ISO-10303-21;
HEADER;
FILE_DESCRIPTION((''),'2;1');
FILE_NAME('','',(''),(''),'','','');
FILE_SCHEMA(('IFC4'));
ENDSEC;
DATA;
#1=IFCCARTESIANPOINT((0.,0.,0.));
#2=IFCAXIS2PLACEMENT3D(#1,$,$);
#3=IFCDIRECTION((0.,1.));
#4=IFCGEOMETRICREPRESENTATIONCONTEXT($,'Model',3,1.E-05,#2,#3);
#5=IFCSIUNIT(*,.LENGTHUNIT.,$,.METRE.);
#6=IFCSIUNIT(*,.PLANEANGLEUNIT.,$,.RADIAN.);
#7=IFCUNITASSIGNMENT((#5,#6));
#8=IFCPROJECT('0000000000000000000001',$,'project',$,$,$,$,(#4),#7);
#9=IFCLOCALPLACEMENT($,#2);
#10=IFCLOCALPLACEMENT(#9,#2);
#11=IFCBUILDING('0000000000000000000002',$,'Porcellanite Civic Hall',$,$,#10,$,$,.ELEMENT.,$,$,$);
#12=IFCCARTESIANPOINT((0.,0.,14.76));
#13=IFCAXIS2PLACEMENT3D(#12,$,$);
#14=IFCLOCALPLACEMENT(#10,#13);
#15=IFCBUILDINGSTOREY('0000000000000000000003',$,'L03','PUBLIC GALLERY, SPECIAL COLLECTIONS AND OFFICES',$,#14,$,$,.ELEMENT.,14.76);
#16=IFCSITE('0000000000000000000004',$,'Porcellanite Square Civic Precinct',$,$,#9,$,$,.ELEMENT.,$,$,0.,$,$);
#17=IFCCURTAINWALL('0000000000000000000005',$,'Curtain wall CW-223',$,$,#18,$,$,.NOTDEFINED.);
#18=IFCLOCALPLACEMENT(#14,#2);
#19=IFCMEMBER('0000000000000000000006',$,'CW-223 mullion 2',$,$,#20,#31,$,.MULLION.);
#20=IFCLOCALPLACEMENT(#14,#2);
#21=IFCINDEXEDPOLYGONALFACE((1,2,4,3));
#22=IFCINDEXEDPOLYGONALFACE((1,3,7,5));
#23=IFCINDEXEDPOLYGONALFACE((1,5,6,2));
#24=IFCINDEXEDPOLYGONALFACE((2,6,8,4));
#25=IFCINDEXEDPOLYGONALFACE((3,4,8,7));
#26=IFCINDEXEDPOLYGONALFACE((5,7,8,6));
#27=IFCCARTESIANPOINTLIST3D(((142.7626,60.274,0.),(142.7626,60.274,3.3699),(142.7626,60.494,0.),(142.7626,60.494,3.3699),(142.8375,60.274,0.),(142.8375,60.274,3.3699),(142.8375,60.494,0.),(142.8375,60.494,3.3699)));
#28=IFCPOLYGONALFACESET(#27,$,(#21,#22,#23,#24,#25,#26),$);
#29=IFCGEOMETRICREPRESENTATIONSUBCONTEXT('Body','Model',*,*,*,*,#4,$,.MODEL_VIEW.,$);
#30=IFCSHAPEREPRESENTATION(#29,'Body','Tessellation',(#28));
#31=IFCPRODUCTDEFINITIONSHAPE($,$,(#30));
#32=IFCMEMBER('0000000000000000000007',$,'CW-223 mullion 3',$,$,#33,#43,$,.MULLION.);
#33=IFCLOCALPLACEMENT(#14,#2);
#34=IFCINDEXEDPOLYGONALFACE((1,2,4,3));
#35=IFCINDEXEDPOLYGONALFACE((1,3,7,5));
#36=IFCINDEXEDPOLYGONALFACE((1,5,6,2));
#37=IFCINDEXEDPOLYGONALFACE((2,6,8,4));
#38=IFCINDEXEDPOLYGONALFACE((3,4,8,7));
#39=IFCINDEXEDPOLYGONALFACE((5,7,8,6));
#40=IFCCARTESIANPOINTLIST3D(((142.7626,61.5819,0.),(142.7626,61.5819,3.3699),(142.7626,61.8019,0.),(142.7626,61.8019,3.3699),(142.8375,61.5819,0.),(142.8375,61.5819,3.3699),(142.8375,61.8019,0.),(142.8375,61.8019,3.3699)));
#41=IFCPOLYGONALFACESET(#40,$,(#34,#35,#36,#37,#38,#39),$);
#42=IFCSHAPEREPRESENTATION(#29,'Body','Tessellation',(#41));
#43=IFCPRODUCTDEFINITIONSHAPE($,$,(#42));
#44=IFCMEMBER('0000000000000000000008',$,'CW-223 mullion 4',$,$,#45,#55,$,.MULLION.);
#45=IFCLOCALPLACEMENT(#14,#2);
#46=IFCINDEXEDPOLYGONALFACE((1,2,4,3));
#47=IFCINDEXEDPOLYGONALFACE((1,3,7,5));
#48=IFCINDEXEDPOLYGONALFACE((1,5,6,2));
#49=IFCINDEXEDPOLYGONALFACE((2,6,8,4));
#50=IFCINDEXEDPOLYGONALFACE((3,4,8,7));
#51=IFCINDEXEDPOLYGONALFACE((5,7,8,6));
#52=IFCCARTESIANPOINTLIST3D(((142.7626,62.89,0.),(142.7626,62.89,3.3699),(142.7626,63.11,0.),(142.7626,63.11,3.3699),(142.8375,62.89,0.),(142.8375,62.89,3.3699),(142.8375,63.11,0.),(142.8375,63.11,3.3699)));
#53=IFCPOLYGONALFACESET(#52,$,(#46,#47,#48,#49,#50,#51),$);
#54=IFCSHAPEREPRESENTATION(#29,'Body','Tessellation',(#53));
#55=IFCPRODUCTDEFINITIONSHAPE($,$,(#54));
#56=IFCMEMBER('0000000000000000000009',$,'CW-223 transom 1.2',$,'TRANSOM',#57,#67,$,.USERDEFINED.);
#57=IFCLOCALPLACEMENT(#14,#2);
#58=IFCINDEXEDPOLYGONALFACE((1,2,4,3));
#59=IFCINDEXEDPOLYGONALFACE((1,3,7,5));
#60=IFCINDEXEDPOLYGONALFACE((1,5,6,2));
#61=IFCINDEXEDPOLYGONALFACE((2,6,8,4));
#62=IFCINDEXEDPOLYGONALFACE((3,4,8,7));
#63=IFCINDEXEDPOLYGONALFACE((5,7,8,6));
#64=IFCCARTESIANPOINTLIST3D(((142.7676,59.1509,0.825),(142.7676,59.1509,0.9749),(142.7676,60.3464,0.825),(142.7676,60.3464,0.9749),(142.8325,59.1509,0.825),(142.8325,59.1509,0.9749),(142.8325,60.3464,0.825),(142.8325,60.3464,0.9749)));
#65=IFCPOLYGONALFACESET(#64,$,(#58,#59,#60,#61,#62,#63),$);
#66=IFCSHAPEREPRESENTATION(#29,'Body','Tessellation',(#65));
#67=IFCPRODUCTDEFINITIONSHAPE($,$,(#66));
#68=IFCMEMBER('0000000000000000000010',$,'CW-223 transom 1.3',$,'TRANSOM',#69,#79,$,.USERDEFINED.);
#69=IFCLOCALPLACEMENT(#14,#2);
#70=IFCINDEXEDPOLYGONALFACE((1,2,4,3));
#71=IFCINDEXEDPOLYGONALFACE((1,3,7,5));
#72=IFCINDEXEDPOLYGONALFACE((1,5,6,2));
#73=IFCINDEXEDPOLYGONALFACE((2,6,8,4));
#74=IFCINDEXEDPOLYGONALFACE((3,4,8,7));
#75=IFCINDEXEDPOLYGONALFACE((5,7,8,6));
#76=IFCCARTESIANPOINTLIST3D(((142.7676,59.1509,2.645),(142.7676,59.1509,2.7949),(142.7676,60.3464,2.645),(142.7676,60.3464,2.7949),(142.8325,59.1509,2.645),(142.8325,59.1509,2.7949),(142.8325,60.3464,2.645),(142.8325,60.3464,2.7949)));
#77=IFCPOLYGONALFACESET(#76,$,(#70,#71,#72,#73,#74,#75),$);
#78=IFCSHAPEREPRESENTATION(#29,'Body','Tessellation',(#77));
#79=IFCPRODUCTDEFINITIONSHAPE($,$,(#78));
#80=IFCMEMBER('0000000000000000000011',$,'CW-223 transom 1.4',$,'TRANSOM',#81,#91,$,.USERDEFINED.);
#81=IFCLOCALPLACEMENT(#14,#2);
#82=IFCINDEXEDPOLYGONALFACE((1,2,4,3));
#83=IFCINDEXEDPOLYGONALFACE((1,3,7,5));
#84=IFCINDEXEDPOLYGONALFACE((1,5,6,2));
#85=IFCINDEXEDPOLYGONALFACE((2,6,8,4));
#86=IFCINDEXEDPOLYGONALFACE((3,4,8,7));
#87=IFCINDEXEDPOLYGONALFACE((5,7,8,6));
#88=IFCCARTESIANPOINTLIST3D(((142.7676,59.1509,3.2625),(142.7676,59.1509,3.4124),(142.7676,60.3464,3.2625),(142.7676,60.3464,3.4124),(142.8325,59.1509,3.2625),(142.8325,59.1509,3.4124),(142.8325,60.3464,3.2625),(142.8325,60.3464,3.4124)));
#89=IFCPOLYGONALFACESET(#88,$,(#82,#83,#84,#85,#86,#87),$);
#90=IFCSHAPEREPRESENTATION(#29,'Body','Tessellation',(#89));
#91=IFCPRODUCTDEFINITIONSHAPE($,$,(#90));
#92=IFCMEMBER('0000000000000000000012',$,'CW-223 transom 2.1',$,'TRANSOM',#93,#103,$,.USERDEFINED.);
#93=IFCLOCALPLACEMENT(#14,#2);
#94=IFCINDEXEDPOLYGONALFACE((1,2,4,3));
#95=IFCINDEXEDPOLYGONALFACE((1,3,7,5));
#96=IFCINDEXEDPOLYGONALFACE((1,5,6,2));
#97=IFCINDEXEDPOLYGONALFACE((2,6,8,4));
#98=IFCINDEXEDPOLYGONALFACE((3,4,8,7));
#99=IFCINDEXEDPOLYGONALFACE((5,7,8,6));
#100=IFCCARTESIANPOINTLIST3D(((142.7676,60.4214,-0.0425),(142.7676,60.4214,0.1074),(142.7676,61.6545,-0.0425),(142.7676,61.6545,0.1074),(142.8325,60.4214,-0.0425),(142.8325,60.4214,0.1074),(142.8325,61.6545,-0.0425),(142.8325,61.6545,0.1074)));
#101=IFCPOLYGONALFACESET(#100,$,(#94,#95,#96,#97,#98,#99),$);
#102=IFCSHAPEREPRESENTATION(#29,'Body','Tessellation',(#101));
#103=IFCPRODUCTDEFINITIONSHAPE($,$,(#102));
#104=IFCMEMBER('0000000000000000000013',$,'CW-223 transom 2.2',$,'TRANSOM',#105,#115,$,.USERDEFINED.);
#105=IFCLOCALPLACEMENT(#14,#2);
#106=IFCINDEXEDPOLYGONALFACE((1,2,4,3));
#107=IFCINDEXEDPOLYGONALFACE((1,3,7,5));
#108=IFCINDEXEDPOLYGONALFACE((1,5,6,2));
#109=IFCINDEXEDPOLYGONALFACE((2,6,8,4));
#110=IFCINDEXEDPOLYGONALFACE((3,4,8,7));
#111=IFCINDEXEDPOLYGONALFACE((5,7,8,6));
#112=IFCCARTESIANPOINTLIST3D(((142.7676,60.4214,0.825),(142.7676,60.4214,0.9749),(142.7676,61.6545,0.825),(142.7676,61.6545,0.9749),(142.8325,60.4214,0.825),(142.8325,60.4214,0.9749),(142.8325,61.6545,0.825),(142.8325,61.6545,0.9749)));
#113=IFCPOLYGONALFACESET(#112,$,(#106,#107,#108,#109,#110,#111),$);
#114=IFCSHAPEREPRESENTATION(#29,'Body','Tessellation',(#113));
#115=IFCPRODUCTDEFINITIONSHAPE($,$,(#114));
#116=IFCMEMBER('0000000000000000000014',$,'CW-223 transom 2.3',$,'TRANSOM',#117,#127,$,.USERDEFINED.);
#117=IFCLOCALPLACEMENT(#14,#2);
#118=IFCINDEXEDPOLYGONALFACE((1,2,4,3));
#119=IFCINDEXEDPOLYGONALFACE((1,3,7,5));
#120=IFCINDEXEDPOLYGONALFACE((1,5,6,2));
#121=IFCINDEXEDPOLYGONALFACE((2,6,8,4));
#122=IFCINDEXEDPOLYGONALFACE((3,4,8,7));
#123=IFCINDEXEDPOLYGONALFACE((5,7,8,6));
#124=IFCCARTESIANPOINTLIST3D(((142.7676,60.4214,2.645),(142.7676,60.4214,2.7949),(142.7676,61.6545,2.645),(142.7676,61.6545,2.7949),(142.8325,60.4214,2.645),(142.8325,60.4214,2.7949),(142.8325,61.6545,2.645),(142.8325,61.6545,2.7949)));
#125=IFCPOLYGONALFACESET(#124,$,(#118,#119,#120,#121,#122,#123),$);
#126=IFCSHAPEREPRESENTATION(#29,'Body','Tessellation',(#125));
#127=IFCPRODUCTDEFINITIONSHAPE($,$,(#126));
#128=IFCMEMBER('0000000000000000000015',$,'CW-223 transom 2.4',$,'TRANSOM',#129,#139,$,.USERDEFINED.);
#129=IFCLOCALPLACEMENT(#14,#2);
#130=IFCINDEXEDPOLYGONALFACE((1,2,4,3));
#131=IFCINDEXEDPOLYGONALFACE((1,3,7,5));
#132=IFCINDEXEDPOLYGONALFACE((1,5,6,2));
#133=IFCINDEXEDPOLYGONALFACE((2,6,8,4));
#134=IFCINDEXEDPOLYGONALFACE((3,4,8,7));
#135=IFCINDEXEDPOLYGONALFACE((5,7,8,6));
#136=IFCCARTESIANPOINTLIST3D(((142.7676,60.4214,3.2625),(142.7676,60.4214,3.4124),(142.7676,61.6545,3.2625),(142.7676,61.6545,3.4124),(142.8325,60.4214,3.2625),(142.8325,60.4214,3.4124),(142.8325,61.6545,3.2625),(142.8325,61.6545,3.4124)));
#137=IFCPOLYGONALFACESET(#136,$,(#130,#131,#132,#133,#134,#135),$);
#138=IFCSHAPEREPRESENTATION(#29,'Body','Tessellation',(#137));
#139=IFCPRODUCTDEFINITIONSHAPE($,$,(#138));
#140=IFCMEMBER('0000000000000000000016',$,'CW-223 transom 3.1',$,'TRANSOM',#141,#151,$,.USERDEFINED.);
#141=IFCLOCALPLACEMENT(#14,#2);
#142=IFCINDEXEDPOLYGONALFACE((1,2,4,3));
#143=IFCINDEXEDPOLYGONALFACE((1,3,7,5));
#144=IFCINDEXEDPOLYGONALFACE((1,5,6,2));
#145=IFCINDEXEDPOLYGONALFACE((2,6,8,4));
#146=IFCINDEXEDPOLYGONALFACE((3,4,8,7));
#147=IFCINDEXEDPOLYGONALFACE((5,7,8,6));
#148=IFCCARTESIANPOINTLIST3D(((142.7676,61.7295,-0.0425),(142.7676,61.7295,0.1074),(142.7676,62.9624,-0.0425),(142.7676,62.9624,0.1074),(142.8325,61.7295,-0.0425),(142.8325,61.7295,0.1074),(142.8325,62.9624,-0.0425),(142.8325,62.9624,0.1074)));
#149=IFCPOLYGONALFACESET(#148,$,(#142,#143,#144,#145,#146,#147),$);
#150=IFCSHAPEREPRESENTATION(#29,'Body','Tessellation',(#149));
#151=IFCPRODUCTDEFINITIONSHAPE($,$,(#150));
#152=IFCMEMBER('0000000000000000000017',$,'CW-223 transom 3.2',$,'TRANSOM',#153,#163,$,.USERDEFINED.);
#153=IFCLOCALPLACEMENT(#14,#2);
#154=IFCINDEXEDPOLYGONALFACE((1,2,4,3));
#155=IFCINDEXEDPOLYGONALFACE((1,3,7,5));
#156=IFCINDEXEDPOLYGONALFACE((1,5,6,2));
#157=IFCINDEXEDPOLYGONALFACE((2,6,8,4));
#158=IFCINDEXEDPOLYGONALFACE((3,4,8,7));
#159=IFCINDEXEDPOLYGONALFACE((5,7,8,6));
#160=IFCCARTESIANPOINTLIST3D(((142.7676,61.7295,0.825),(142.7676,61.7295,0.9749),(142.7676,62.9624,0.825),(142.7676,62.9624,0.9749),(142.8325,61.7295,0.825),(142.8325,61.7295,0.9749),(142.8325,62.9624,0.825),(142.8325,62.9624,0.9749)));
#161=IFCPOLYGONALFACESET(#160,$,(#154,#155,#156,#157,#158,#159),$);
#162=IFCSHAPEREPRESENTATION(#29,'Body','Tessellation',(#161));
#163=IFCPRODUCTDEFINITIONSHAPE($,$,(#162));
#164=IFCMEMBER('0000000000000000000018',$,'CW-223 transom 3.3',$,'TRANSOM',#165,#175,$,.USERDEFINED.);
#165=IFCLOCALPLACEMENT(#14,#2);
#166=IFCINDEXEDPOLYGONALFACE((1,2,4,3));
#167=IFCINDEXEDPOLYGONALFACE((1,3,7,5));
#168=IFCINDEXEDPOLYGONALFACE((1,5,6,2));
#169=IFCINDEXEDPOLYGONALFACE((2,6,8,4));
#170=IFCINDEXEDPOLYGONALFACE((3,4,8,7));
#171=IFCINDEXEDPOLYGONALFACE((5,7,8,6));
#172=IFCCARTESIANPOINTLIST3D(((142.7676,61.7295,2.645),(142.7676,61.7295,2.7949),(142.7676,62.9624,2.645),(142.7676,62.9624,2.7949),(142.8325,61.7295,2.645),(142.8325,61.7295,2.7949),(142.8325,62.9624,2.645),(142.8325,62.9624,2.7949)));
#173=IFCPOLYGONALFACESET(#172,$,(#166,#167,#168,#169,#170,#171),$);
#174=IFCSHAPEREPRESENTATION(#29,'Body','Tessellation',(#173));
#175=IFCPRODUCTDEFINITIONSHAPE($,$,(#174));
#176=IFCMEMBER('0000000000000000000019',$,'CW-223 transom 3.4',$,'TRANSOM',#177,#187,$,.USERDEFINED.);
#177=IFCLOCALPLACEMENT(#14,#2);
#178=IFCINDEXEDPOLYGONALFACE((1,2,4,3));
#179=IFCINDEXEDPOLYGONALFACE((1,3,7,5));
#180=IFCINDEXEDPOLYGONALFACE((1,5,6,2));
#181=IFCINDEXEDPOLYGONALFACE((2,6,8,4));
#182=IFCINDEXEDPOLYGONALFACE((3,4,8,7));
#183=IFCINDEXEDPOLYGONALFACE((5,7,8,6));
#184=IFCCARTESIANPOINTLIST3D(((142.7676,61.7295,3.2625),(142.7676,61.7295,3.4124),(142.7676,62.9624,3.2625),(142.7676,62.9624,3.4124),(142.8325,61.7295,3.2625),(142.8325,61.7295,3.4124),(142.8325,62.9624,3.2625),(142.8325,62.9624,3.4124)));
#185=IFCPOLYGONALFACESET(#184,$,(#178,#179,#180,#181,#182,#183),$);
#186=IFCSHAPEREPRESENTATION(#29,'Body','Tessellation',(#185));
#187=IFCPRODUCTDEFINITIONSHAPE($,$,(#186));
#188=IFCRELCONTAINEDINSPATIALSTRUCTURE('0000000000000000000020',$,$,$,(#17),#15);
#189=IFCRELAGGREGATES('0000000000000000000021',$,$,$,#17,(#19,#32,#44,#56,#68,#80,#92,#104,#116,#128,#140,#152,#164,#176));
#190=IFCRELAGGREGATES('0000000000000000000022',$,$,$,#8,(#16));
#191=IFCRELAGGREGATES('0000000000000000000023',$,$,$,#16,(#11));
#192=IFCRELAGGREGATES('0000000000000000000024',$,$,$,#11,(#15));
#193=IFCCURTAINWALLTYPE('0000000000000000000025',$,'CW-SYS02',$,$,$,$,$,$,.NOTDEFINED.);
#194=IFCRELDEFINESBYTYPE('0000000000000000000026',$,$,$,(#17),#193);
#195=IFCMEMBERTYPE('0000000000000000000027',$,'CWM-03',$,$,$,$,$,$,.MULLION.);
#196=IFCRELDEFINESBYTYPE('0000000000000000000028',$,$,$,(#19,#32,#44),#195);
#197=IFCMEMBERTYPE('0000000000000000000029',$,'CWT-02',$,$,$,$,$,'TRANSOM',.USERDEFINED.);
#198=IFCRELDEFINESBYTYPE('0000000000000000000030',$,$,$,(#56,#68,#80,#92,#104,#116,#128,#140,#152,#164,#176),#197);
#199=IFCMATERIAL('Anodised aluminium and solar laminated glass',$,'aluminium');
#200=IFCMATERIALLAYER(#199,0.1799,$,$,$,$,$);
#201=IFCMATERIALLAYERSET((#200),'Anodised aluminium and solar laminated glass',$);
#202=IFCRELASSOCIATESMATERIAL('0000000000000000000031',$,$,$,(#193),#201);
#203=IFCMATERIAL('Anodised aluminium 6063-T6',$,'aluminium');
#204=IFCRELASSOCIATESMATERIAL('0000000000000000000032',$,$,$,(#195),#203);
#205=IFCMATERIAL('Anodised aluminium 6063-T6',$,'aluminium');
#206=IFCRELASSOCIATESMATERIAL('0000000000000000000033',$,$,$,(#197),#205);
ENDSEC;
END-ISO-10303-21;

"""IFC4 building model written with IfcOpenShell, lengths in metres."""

from ifc_helpers import new_model, si_unit, direction, frame, origin, origin_2d, place, context, subcontext, project, spatial, rectangle, extrude, material, layer, layer_set, material_profile, profile_set, type_object, element, aggregate, save


model = new_model("IFC4")

# Units and contexts
model_context = context("Model", 3, precision=1e-05, world=origin(), true_north=direction((0.0, 1.0)))
body_context = subcontext(model_context, "Body", "Model", "MODEL_VIEW")
ifc_project = project(units=[si_unit("LENGTHUNIT", "METRE"), si_unit("PLANEANGLEUNIT", "RADIAN")], contexts=[model_context])

# Site, building, storey
site_placement = place(None, origin())
site = spatial("IfcSite", under=ifc_project, at=site_placement, Name="Porcellanite Square Civic Precinct", CompositionType="ELEMENT", RefElevation=0.0)
building_placement = place(site_placement, origin())
building = spatial("IfcBuilding", under=site, at=building_placement, Name="Porcellanite Civic Hall", CompositionType="ELEMENT")
storey_placement = place(building_placement, frame((0.0, 0.0, 14.76)))
storey = spatial("IfcBuildingStorey", under=building, at=storey_placement, Name="L03", Description="PUBLIC GALLERY, SPECIAL COLLECTIONS AND OFFICES", CompositionType="ELEMENT", Elevation=14.76)

# Curtain wall, members
ifc_material_1 = material(Name="Anodised aluminium and solar laminated glass", Category="aluminium")
ifc_layer_1 = layer(ifc_material_1, 0.1799)
ifc_layer_set_1 = layer_set([ifc_layer_1], Name="Anodised aluminium and solar laminated glass")
curtain_wall_type = type_object("IfcCurtainWallType", Name="CW-SYS02", PredefinedType="NOTDEFINED", material=ifc_layer_set_1)
curtain_wall_placement = place(storey_placement, origin())
curtain_wall = element("IfcCurtainWall", 1, at=curtain_wall_placement, inside=storey, type_object=curtain_wall_type, Name="Curtain wall CW-223", PredefinedType="NOTDEFINED")
ifc_material_2 = material(Name="Anodised aluminium 6063-T6", Category="aluminium")
ifc_material_profile_1 = material_profile(ifc_material_2, rectangle(XDim=0.075, YDim=0.22, at=origin_2d()), Name="AL-75x220")
ifc_profile_set_1 = profile_set([ifc_material_profile_1], Name="Anodised aluminium 6063-T6")
member_type_1 = type_object("IfcMemberType", Name="CWM-03", PredefinedType="MULLION", material=ifc_profile_set_1)
member_1_placement = place(storey_placement, frame((142.8, 60.384, 0.0), z_axis=(0.0, 0.0, 1.0), x_axis=(-1.0, 0.0, 0.0)))
member_1 = element("IfcMember", 2, at=member_1_placement, type_object=member_type_1, Name="CW-223 mullion 2", PredefinedType="MULLION", context=body_context, shape_type="SweptSolid", body=[
    extrude(rectangle(XDim=0.075, YDim=0.22, at=origin_2d()), origin(), (0.0, 0.0, 1.0), 3.3699),
])
member_2_placement = place(storey_placement, frame((142.8, 61.6919, 0.0), z_axis=(0.0, 0.0, 1.0), x_axis=(-1.0, 0.0, 0.0)))
member_2 = element("IfcMember", 3, at=member_2_placement, type_object=member_type_1, Name="CW-223 mullion 3", PredefinedType="MULLION", context=body_context, shape_type="SweptSolid", body=[
    extrude(rectangle(XDim=0.075, YDim=0.22, at=origin_2d()), origin(), (0.0, 0.0, 1.0), 3.3699),
])
member_3_placement = place(storey_placement, frame((142.8, 63.0, 0.0), z_axis=(0.0, 0.0, 1.0), x_axis=(-1.0, 0.0, 0.0)))
member_3 = element("IfcMember", 4, at=member_3_placement, type_object=member_type_1, Name="CW-223 mullion 4", PredefinedType="MULLION", context=body_context, shape_type="SweptSolid", body=[
    extrude(rectangle(XDim=0.075, YDim=0.22, at=origin_2d()), origin(), (0.0, 0.0, 1.0), 3.3699),
])
ifc_material_3 = material(Name="Anodised aluminium 6063-T6", Category="aluminium")
ifc_material_profile_2 = material_profile(ifc_material_3, rectangle(XDim=0.0649, YDim=0.1499, at=origin_2d()), Name="AL-65x150")
ifc_profile_set_2 = profile_set([ifc_material_profile_2], Name="Anodised aluminium 6063-T6")
member_type_2 = type_object("IfcMemberType", Name="CWT-02", ElementType="TRANSOM", PredefinedType="USERDEFINED", material=ifc_profile_set_2)
member_4_placement = place(storey_placement, frame((142.8, 59.1509, 0.8999), z_axis=(0.0, 1.0, 0.0), x_axis=(-1.0, 0.0, 0.0)))
member_4 = element("IfcMember", 5, at=member_4_placement, type_object=member_type_2, Name="CW-223 transom 1.2", ObjectType="TRANSOM", PredefinedType="USERDEFINED", context=body_context, shape_type="SweptSolid", body=[
    extrude(rectangle(XDim=0.0649, YDim=0.1499, at=origin_2d()), origin(), (0.0, 0.0, 1.0), 1.1956),
])
member_5_placement = place(storey_placement, frame((142.8, 59.1509, 2.72), z_axis=(0.0, 1.0, 0.0), x_axis=(-1.0, 0.0, 0.0)))
member_5 = element("IfcMember", 6, at=member_5_placement, type_object=member_type_2, Name="CW-223 transom 1.3", ObjectType="TRANSOM", PredefinedType="USERDEFINED", context=body_context, shape_type="SweptSolid", body=[
    extrude(rectangle(XDim=0.0649, YDim=0.1499, at=origin_2d()), origin(), (0.0, 0.0, 1.0), 1.1956),
])
member_6_placement = place(storey_placement, frame((142.8, 59.1509, 3.3374), z_axis=(0.0, 1.0, 0.0), x_axis=(-1.0, 0.0, 0.0)))
member_6 = element("IfcMember", 7, at=member_6_placement, type_object=member_type_2, Name="CW-223 transom 1.4", ObjectType="TRANSOM", PredefinedType="USERDEFINED", context=body_context, shape_type="SweptSolid", body=[
    extrude(rectangle(XDim=0.0649, YDim=0.1499, at=origin_2d()), origin(), (0.0, 0.0, 1.0), 1.1956),
])
member_7_placement = place(storey_placement, frame((142.8, 60.4214, 0.0325), z_axis=(0.0, 1.0, 0.0), x_axis=(-1.0, 0.0, 0.0)))
member_7 = element("IfcMember", 8, at=member_7_placement, type_object=member_type_2, Name="CW-223 transom 2.1", ObjectType="TRANSOM", PredefinedType="USERDEFINED", context=body_context, shape_type="SweptSolid", body=[
    extrude(rectangle(XDim=0.0649, YDim=0.1499, at=origin_2d()), origin(), (0.0, 0.0, 1.0), 1.2332),
])
member_8_placement = place(storey_placement, frame((142.8, 60.4214, 0.8999), z_axis=(0.0, 1.0, 0.0), x_axis=(-1.0, 0.0, 0.0)))
member_8 = element("IfcMember", 9, at=member_8_placement, type_object=member_type_2, Name="CW-223 transom 2.2", ObjectType="TRANSOM", PredefinedType="USERDEFINED", context=body_context, shape_type="SweptSolid", body=[
    extrude(rectangle(XDim=0.0649, YDim=0.1499, at=origin_2d()), origin(), (0.0, 0.0, 1.0), 1.2332),
])
member_9_placement = place(storey_placement, frame((142.8, 60.4214, 2.72), z_axis=(0.0, 1.0, 0.0), x_axis=(-1.0, 0.0, 0.0)))
member_9 = element("IfcMember", 10, at=member_9_placement, type_object=member_type_2, Name="CW-223 transom 2.3", ObjectType="TRANSOM", PredefinedType="USERDEFINED", context=body_context, shape_type="SweptSolid", body=[
    extrude(rectangle(XDim=0.0649, YDim=0.1499, at=origin_2d()), origin(), (0.0, 0.0, 1.0), 1.2332),
])
member_10_placement = place(storey_placement, frame((142.8, 60.4214, 3.3374), z_axis=(0.0, 1.0, 0.0), x_axis=(-1.0, 0.0, 0.0)))
member_10 = element("IfcMember", 11, at=member_10_placement, type_object=member_type_2, Name="CW-223 transom 2.4", ObjectType="TRANSOM", PredefinedType="USERDEFINED", context=body_context, shape_type="SweptSolid", body=[
    extrude(rectangle(XDim=0.0649, YDim=0.1499, at=origin_2d()), origin(), (0.0, 0.0, 1.0), 1.2332),
])
member_11_placement = place(storey_placement, frame((142.8, 61.7295, 0.0325), z_axis=(0.0, 1.0, 0.0), x_axis=(-1.0, 0.0, 0.0)))
member_11 = element("IfcMember", 12, at=member_11_placement, type_object=member_type_2, Name="CW-223 transom 3.1", ObjectType="TRANSOM", PredefinedType="USERDEFINED", context=body_context, shape_type="SweptSolid", body=[
    extrude(rectangle(XDim=0.0649, YDim=0.1499, at=origin_2d()), origin(), (0.0, 0.0, 1.0), 1.2329),
])
member_12_placement = place(storey_placement, frame((142.8, 61.7295, 0.8999), z_axis=(0.0, 1.0, 0.0), x_axis=(-1.0, 0.0, 0.0)))
member_12 = element("IfcMember", 13, at=member_12_placement, type_object=member_type_2, Name="CW-223 transom 3.2", ObjectType="TRANSOM", PredefinedType="USERDEFINED", context=body_context, shape_type="SweptSolid", body=[
    extrude(rectangle(XDim=0.0649, YDim=0.1499, at=origin_2d()), origin(), (0.0, 0.0, 1.0), 1.2329),
])
member_13_placement = place(storey_placement, frame((142.8, 61.7295, 2.72), z_axis=(0.0, 1.0, 0.0), x_axis=(-1.0, 0.0, 0.0)))
member_13 = element("IfcMember", 14, at=member_13_placement, type_object=member_type_2, Name="CW-223 transom 3.3", ObjectType="TRANSOM", PredefinedType="USERDEFINED", context=body_context, shape_type="SweptSolid", body=[
    extrude(rectangle(XDim=0.0649, YDim=0.1499, at=origin_2d()), origin(), (0.0, 0.0, 1.0), 1.2329),
])
member_14_placement = place(storey_placement, frame((142.8, 61.7295, 3.3374), z_axis=(0.0, 1.0, 0.0), x_axis=(-1.0, 0.0, 0.0)))
member_14 = element("IfcMember", 15, at=member_14_placement, type_object=member_type_2, Name="CW-223 transom 3.4", ObjectType="TRANSOM", PredefinedType="USERDEFINED", context=body_context, shape_type="SweptSolid", body=[
    extrude(rectangle(XDim=0.0649, YDim=0.1499, at=origin_2d()), origin(), (0.0, 0.0, 1.0), 1.2329),
])

aggregate(curtain_wall, [member_1, member_2, member_3, member_4, member_5, member_6, member_7, member_8, member_9, member_10, member_11, member_12, member_13, member_14])

save(model, "model.ifc")
